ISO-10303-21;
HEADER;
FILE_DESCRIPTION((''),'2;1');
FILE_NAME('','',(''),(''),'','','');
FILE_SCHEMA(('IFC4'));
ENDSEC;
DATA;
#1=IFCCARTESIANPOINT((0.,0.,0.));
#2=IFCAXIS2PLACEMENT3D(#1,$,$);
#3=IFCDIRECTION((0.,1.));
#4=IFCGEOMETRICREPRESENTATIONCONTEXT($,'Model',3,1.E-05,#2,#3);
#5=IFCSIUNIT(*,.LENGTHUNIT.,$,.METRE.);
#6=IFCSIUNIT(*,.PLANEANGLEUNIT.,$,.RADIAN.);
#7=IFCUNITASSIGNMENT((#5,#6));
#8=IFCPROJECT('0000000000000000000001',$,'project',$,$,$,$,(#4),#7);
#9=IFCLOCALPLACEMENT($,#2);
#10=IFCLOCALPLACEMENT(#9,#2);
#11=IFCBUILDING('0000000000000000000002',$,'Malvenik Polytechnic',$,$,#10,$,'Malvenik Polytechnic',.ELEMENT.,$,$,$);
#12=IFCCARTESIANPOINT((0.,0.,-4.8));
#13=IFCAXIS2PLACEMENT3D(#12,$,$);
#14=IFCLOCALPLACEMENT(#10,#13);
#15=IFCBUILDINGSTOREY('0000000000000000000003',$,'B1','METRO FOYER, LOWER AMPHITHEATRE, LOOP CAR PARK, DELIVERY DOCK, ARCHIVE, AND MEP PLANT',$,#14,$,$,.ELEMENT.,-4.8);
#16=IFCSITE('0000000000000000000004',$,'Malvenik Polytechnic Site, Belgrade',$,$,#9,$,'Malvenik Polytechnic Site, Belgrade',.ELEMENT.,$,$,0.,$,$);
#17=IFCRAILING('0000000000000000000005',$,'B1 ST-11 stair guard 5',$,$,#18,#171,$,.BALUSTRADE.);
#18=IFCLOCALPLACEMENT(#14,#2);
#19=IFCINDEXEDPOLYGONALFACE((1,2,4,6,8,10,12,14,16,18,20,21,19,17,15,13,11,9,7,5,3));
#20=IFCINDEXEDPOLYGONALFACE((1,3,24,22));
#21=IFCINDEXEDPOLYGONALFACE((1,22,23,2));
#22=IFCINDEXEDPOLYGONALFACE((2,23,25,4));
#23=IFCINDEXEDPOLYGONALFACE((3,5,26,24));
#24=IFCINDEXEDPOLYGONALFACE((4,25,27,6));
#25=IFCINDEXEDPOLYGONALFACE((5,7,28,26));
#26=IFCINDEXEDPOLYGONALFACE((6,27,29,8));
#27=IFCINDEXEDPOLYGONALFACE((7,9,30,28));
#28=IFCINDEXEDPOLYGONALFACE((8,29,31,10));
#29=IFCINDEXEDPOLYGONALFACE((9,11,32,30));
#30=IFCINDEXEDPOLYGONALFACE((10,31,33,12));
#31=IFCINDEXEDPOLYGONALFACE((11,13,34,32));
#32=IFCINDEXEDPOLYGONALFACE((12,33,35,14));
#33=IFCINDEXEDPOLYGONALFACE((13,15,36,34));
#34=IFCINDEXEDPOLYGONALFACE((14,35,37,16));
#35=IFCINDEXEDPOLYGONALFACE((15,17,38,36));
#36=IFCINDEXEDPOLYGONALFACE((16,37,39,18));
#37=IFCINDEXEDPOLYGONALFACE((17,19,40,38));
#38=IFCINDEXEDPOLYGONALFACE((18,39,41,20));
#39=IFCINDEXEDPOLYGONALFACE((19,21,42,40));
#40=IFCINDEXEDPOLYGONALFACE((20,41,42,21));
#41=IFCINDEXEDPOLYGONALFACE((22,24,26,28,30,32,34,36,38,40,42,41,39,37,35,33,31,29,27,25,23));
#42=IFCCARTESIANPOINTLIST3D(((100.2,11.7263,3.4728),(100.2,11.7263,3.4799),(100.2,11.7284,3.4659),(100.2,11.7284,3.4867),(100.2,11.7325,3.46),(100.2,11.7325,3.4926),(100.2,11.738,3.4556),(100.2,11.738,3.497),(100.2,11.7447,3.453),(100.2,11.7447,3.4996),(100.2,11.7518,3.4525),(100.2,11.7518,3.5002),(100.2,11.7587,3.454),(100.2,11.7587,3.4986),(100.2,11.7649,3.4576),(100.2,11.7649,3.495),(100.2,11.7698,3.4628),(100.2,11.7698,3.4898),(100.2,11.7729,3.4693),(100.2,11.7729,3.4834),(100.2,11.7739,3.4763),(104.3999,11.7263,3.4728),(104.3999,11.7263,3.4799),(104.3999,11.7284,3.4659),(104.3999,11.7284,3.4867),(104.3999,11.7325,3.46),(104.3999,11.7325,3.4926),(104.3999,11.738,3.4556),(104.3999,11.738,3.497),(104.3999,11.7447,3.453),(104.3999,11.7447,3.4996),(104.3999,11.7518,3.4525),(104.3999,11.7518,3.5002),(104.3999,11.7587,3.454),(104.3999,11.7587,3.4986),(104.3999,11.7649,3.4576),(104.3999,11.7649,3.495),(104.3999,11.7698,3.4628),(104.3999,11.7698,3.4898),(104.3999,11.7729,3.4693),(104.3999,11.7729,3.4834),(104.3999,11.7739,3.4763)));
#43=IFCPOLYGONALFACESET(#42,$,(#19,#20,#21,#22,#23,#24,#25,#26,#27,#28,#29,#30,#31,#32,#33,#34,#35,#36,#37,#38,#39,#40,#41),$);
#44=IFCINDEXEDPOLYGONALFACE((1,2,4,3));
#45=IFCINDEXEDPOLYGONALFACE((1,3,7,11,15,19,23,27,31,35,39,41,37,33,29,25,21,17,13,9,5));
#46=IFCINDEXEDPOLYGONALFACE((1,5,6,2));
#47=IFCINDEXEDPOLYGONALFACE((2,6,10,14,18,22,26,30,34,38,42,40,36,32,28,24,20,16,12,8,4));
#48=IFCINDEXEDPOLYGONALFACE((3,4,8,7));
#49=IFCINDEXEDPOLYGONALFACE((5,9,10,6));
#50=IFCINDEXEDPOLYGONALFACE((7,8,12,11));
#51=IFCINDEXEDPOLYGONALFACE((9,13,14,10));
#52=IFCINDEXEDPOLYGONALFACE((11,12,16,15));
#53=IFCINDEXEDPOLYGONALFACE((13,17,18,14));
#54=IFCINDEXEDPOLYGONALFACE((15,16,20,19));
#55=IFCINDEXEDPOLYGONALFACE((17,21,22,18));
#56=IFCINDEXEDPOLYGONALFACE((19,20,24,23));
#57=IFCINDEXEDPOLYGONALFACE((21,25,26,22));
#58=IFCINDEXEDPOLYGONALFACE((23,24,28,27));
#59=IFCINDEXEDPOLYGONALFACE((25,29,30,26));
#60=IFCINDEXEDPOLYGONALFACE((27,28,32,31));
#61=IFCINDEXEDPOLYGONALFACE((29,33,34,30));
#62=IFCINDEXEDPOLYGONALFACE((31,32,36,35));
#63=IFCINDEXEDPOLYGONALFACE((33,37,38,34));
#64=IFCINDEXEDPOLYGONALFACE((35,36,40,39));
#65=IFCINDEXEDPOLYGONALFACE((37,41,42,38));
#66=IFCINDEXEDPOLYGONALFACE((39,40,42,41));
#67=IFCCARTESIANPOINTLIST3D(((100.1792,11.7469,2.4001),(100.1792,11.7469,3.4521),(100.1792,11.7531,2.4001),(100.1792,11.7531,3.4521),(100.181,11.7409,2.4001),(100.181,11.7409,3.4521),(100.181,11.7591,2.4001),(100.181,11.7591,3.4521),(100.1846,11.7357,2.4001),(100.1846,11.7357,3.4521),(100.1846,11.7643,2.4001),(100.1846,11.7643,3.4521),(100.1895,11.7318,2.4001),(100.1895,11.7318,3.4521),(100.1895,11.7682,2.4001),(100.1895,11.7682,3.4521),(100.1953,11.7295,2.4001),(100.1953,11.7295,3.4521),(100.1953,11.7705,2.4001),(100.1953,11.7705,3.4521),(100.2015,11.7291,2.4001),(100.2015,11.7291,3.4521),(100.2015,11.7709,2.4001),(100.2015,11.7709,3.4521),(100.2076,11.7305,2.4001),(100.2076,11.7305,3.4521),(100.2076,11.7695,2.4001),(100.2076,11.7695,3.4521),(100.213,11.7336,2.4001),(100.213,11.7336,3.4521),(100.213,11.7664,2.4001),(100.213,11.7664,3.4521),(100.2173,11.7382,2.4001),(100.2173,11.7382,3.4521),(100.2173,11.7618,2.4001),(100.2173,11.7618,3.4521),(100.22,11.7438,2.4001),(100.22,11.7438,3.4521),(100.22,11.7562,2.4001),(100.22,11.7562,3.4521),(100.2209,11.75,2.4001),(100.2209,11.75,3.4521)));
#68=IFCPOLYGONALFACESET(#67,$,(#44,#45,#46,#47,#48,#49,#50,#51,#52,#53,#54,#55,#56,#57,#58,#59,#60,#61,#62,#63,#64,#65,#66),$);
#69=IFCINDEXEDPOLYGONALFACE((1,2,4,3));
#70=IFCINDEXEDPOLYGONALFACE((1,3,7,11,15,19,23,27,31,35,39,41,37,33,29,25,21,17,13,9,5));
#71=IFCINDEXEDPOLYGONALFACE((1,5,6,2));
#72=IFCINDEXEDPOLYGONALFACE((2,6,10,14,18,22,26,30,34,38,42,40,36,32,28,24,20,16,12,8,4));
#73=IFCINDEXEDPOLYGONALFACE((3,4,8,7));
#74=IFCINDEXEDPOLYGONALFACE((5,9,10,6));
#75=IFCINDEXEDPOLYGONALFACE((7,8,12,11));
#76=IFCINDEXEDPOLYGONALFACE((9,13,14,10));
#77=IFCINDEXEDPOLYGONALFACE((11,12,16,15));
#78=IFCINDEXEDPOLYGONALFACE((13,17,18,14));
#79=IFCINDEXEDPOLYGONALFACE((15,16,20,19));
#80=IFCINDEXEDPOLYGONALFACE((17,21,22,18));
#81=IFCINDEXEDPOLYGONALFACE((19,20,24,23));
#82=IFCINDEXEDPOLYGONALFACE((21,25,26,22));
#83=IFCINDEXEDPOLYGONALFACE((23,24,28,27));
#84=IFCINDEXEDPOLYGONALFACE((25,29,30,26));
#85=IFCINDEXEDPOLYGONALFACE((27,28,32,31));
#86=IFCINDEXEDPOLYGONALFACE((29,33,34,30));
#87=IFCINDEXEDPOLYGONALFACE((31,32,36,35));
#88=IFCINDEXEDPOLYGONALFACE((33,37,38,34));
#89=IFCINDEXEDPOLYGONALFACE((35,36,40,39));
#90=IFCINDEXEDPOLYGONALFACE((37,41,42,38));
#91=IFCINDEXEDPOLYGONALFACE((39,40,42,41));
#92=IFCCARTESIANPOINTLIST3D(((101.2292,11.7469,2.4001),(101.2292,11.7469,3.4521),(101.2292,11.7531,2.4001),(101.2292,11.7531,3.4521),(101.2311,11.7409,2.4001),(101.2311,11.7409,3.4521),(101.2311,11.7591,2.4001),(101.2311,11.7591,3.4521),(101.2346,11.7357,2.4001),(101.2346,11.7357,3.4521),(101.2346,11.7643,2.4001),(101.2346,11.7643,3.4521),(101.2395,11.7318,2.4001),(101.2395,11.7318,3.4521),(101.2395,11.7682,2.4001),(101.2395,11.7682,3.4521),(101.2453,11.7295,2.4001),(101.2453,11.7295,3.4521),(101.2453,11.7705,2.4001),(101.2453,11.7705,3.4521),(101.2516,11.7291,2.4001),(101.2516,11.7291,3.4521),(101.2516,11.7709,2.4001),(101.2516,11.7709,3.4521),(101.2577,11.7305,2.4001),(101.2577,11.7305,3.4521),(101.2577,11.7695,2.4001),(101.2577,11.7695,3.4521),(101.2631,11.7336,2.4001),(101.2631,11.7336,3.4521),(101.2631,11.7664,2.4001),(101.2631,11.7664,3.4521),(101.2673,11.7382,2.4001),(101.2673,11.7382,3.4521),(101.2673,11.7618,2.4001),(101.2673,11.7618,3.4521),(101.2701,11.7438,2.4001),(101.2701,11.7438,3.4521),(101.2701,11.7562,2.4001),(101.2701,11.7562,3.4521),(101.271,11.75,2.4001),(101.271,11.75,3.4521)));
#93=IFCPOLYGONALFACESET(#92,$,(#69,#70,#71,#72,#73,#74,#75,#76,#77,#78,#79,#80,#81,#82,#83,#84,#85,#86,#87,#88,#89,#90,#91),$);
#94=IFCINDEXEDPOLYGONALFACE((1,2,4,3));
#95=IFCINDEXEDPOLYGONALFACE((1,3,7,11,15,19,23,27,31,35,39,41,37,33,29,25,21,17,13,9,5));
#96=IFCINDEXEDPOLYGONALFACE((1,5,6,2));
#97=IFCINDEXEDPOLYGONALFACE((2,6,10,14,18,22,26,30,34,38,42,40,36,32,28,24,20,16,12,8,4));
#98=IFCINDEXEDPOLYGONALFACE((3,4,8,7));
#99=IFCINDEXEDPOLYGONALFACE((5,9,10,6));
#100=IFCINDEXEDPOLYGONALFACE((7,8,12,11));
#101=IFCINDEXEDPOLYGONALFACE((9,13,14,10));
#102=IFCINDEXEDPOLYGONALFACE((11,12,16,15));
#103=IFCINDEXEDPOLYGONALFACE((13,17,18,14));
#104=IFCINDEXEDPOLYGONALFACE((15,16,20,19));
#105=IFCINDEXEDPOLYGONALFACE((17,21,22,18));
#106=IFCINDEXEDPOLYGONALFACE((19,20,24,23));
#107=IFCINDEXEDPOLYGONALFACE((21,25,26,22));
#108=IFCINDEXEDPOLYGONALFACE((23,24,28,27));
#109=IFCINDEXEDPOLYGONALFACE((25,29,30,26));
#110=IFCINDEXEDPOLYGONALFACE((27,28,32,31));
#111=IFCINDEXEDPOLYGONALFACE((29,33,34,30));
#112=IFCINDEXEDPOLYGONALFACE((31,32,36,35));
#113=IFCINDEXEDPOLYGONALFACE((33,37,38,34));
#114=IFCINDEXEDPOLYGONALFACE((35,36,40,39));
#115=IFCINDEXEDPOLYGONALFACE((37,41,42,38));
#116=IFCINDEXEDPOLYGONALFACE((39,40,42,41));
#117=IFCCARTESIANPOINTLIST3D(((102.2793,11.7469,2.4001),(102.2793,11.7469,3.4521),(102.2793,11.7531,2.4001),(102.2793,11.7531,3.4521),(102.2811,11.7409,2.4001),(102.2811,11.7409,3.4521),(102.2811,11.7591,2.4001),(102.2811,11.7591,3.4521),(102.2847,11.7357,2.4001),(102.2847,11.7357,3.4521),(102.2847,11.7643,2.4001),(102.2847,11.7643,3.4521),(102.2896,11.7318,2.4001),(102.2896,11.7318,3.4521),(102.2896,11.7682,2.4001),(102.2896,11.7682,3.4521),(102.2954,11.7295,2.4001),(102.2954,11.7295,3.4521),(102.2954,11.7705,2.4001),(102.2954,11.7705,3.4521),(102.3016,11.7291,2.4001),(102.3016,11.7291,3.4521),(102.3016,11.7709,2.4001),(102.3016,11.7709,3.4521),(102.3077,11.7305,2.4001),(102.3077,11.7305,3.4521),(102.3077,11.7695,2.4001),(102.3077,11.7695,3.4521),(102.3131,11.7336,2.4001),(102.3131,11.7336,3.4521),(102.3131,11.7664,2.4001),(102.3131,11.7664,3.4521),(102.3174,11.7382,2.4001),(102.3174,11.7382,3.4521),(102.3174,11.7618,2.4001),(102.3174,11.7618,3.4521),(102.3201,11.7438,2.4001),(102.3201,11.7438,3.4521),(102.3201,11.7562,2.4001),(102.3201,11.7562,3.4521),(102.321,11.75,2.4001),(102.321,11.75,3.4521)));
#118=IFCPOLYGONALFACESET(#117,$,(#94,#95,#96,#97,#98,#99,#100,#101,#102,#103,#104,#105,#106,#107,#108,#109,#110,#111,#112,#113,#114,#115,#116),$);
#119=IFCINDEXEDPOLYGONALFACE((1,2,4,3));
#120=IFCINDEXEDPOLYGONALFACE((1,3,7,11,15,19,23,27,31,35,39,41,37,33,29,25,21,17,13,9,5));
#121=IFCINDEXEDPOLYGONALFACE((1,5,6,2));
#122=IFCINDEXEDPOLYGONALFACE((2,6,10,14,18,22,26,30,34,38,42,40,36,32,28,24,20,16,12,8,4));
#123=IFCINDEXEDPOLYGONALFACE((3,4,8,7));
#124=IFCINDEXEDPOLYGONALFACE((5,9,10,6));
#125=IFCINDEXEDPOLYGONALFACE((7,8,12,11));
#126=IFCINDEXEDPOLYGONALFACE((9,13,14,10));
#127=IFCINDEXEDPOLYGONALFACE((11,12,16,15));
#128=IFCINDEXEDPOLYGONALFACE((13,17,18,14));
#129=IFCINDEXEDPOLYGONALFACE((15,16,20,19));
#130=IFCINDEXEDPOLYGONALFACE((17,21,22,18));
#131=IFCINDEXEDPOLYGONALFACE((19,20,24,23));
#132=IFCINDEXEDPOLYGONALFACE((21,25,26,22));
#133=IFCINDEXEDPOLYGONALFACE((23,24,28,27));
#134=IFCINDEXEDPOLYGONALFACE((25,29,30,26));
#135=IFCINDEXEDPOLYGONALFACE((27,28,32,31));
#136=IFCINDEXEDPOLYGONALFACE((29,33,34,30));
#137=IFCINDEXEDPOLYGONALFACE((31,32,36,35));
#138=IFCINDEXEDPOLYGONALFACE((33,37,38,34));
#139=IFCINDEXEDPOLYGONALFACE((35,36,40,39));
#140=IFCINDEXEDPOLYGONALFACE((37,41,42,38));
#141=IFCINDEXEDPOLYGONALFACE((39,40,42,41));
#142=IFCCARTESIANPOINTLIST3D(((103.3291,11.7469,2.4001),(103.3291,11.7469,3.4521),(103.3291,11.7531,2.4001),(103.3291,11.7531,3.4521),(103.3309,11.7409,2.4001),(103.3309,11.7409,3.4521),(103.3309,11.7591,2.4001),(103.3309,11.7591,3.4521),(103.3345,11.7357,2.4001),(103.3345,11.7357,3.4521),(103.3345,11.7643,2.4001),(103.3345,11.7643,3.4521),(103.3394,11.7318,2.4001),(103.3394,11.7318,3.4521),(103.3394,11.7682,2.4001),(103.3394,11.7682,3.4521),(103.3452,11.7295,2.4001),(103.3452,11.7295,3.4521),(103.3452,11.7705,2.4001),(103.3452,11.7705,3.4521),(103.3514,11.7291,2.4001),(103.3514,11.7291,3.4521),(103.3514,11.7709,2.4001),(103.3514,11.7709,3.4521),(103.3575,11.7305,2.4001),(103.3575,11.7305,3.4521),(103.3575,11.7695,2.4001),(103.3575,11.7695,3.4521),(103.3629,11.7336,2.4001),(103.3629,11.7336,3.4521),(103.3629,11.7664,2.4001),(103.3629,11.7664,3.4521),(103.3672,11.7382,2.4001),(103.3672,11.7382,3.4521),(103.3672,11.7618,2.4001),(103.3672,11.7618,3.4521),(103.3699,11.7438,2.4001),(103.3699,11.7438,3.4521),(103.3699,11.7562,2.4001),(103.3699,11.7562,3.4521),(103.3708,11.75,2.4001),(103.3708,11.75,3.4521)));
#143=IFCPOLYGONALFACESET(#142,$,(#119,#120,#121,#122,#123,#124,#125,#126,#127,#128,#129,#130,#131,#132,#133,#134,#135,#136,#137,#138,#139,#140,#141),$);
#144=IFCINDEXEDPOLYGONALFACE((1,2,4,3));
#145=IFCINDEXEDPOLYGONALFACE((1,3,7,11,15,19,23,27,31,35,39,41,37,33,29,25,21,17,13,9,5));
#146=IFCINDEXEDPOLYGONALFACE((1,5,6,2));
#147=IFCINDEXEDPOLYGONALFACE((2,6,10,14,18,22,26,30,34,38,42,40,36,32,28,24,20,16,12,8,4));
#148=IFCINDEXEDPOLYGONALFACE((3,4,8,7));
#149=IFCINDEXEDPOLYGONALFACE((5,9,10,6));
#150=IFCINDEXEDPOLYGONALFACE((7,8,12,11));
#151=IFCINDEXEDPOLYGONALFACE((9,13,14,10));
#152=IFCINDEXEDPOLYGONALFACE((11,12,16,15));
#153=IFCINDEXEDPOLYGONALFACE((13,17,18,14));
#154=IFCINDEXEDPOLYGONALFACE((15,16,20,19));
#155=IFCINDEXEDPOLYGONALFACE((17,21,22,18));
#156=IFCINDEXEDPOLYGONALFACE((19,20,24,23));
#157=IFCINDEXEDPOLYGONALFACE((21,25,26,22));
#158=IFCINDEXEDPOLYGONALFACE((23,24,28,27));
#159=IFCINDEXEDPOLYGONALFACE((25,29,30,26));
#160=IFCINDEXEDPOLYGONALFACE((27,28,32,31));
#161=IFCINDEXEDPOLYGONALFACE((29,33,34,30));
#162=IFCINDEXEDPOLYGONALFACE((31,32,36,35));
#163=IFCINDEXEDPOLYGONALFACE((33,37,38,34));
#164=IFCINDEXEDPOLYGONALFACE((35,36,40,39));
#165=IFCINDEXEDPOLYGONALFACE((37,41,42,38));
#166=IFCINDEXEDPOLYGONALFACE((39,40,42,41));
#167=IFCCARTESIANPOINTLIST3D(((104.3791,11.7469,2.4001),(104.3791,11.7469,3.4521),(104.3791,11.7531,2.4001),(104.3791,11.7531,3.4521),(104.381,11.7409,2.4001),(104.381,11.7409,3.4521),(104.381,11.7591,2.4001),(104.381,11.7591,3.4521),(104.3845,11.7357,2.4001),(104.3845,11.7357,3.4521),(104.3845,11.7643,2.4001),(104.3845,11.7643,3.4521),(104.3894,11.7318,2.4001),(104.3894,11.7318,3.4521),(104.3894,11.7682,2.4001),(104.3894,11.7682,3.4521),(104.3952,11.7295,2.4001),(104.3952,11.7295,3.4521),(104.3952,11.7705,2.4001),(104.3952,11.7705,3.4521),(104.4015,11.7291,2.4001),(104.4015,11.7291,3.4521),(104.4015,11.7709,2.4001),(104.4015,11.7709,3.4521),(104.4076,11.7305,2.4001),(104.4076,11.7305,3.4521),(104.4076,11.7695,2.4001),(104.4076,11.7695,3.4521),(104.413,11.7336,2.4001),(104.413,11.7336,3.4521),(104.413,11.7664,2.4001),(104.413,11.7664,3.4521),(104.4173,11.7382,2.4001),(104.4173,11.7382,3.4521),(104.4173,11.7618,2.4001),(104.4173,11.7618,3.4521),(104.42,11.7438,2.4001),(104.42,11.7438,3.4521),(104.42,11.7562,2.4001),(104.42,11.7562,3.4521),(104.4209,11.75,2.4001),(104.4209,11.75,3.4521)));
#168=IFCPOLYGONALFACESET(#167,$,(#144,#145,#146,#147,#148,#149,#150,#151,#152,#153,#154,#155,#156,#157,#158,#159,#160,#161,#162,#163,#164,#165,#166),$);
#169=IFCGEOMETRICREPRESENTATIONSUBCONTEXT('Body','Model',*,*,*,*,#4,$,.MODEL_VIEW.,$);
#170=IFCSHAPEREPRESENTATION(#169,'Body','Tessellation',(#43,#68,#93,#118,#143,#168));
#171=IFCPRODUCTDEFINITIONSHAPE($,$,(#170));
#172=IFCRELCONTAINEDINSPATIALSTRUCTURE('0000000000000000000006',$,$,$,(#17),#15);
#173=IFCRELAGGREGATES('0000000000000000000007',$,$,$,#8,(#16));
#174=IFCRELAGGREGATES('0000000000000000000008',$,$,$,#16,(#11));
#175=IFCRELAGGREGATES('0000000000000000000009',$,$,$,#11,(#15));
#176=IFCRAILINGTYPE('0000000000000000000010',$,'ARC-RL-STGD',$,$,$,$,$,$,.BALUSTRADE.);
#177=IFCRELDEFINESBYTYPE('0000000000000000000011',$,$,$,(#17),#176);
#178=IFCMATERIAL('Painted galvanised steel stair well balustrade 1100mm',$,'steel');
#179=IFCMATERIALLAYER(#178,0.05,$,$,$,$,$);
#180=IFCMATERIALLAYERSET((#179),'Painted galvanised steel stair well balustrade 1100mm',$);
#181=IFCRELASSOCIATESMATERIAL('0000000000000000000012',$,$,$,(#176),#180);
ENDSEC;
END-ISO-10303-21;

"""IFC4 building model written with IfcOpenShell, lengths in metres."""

from ifc_helpers import new_model, si_unit, direction, frame, origin, origin_2d, place, context, subcontext, project, spatial, circle, extrude, material, layer, layer_set, type_object, element, save


model = new_model("IFC4")

# Units and contexts
model_context = context("Model", 3, precision=1e-05, world=origin(), true_north=direction((0.0, 1.0)))
body_context = subcontext(model_context, "Body", "Model", "MODEL_VIEW")
ifc_project = project(units=[si_unit("LENGTHUNIT", "METRE"), si_unit("PLANEANGLEUNIT", "RADIAN")], contexts=[model_context])

# Site, building, storey
site_placement = place(None, origin())
site = spatial("IfcSite", under=ifc_project, at=site_placement, Name="Malvenik Polytechnic Site, Belgrade", LongName="Malvenik Polytechnic Site, Belgrade", CompositionType="ELEMENT", RefElevation=0.0)
building_placement = place(site_placement, origin())
building = spatial("IfcBuilding", under=site, at=building_placement, Name="Malvenik Polytechnic", LongName="Malvenik Polytechnic", CompositionType="ELEMENT")
storey_placement = place(building_placement, frame((0.0, 0.0, -4.8)))
storey = spatial("IfcBuildingStorey", under=building, at=storey_placement, Name="B1", Description="METRO FOYER, LOWER AMPHITHEATRE, LOOP CAR PARK, DELIVERY DOCK, ARCHIVE, AND MEP PLANT", CompositionType="ELEMENT", Elevation=-4.8)

# Railing
ifc_material_1 = material(Name="Painted galvanised steel stair well balustrade 1100mm", Category="steel")
ifc_layer_1 = layer(ifc_material_1, 0.05)
ifc_layer_set_1 = layer_set([ifc_layer_1], Name="Painted galvanised steel stair well balustrade 1100mm")
railing_type_1 = type_object("IfcRailingType", Name="ARC-RL-STGD", PredefinedType="BALUSTRADE", material=ifc_layer_set_1)
railing_1_placement = place(storey_placement, frame((100.2, 11.75, 2.4001)))
element("IfcRailing", 1, at=railing_1_placement, inside=storey, type_object=railing_type_1, Name="B1 ST-11 stair guard 5", PredefinedType="BALUSTRADE", context=body_context, shape_type="SweptSolid", body=[
    extrude(circle(Radius=0.0239, at=origin_2d()), frame((0.0, 0.0, 1.0762), z_axis=(1.0, 0.0, 0.0), x_axis=(0.0, 1.0, 0.0)), (0.0, 0.0, 1.0), 4.2),
    extrude(circle(Radius=0.021, at=origin_2d()), origin(), (0.0, 0.0, 1.0), 1.052),
    extrude(circle(Radius=0.021, at=origin_2d()), frame((1.05, 0.0, 0.0)), (0.0, 0.0, 1.0), 1.052),
    extrude(circle(Radius=0.021, at=origin_2d()), frame((2.1001, 0.0, 0.0)), (0.0, 0.0, 1.0), 1.052),
    extrude(circle(Radius=0.021, at=origin_2d()), frame((3.1499, 0.0, 0.0)), (0.0, 0.0, 1.0), 1.052),
    extrude(circle(Radius=0.021, at=origin_2d()), frame((4.2, 0.0, 0.0)), (0.0, 0.0, 1.0), 1.052),
])

save(model, "model.ifc")
